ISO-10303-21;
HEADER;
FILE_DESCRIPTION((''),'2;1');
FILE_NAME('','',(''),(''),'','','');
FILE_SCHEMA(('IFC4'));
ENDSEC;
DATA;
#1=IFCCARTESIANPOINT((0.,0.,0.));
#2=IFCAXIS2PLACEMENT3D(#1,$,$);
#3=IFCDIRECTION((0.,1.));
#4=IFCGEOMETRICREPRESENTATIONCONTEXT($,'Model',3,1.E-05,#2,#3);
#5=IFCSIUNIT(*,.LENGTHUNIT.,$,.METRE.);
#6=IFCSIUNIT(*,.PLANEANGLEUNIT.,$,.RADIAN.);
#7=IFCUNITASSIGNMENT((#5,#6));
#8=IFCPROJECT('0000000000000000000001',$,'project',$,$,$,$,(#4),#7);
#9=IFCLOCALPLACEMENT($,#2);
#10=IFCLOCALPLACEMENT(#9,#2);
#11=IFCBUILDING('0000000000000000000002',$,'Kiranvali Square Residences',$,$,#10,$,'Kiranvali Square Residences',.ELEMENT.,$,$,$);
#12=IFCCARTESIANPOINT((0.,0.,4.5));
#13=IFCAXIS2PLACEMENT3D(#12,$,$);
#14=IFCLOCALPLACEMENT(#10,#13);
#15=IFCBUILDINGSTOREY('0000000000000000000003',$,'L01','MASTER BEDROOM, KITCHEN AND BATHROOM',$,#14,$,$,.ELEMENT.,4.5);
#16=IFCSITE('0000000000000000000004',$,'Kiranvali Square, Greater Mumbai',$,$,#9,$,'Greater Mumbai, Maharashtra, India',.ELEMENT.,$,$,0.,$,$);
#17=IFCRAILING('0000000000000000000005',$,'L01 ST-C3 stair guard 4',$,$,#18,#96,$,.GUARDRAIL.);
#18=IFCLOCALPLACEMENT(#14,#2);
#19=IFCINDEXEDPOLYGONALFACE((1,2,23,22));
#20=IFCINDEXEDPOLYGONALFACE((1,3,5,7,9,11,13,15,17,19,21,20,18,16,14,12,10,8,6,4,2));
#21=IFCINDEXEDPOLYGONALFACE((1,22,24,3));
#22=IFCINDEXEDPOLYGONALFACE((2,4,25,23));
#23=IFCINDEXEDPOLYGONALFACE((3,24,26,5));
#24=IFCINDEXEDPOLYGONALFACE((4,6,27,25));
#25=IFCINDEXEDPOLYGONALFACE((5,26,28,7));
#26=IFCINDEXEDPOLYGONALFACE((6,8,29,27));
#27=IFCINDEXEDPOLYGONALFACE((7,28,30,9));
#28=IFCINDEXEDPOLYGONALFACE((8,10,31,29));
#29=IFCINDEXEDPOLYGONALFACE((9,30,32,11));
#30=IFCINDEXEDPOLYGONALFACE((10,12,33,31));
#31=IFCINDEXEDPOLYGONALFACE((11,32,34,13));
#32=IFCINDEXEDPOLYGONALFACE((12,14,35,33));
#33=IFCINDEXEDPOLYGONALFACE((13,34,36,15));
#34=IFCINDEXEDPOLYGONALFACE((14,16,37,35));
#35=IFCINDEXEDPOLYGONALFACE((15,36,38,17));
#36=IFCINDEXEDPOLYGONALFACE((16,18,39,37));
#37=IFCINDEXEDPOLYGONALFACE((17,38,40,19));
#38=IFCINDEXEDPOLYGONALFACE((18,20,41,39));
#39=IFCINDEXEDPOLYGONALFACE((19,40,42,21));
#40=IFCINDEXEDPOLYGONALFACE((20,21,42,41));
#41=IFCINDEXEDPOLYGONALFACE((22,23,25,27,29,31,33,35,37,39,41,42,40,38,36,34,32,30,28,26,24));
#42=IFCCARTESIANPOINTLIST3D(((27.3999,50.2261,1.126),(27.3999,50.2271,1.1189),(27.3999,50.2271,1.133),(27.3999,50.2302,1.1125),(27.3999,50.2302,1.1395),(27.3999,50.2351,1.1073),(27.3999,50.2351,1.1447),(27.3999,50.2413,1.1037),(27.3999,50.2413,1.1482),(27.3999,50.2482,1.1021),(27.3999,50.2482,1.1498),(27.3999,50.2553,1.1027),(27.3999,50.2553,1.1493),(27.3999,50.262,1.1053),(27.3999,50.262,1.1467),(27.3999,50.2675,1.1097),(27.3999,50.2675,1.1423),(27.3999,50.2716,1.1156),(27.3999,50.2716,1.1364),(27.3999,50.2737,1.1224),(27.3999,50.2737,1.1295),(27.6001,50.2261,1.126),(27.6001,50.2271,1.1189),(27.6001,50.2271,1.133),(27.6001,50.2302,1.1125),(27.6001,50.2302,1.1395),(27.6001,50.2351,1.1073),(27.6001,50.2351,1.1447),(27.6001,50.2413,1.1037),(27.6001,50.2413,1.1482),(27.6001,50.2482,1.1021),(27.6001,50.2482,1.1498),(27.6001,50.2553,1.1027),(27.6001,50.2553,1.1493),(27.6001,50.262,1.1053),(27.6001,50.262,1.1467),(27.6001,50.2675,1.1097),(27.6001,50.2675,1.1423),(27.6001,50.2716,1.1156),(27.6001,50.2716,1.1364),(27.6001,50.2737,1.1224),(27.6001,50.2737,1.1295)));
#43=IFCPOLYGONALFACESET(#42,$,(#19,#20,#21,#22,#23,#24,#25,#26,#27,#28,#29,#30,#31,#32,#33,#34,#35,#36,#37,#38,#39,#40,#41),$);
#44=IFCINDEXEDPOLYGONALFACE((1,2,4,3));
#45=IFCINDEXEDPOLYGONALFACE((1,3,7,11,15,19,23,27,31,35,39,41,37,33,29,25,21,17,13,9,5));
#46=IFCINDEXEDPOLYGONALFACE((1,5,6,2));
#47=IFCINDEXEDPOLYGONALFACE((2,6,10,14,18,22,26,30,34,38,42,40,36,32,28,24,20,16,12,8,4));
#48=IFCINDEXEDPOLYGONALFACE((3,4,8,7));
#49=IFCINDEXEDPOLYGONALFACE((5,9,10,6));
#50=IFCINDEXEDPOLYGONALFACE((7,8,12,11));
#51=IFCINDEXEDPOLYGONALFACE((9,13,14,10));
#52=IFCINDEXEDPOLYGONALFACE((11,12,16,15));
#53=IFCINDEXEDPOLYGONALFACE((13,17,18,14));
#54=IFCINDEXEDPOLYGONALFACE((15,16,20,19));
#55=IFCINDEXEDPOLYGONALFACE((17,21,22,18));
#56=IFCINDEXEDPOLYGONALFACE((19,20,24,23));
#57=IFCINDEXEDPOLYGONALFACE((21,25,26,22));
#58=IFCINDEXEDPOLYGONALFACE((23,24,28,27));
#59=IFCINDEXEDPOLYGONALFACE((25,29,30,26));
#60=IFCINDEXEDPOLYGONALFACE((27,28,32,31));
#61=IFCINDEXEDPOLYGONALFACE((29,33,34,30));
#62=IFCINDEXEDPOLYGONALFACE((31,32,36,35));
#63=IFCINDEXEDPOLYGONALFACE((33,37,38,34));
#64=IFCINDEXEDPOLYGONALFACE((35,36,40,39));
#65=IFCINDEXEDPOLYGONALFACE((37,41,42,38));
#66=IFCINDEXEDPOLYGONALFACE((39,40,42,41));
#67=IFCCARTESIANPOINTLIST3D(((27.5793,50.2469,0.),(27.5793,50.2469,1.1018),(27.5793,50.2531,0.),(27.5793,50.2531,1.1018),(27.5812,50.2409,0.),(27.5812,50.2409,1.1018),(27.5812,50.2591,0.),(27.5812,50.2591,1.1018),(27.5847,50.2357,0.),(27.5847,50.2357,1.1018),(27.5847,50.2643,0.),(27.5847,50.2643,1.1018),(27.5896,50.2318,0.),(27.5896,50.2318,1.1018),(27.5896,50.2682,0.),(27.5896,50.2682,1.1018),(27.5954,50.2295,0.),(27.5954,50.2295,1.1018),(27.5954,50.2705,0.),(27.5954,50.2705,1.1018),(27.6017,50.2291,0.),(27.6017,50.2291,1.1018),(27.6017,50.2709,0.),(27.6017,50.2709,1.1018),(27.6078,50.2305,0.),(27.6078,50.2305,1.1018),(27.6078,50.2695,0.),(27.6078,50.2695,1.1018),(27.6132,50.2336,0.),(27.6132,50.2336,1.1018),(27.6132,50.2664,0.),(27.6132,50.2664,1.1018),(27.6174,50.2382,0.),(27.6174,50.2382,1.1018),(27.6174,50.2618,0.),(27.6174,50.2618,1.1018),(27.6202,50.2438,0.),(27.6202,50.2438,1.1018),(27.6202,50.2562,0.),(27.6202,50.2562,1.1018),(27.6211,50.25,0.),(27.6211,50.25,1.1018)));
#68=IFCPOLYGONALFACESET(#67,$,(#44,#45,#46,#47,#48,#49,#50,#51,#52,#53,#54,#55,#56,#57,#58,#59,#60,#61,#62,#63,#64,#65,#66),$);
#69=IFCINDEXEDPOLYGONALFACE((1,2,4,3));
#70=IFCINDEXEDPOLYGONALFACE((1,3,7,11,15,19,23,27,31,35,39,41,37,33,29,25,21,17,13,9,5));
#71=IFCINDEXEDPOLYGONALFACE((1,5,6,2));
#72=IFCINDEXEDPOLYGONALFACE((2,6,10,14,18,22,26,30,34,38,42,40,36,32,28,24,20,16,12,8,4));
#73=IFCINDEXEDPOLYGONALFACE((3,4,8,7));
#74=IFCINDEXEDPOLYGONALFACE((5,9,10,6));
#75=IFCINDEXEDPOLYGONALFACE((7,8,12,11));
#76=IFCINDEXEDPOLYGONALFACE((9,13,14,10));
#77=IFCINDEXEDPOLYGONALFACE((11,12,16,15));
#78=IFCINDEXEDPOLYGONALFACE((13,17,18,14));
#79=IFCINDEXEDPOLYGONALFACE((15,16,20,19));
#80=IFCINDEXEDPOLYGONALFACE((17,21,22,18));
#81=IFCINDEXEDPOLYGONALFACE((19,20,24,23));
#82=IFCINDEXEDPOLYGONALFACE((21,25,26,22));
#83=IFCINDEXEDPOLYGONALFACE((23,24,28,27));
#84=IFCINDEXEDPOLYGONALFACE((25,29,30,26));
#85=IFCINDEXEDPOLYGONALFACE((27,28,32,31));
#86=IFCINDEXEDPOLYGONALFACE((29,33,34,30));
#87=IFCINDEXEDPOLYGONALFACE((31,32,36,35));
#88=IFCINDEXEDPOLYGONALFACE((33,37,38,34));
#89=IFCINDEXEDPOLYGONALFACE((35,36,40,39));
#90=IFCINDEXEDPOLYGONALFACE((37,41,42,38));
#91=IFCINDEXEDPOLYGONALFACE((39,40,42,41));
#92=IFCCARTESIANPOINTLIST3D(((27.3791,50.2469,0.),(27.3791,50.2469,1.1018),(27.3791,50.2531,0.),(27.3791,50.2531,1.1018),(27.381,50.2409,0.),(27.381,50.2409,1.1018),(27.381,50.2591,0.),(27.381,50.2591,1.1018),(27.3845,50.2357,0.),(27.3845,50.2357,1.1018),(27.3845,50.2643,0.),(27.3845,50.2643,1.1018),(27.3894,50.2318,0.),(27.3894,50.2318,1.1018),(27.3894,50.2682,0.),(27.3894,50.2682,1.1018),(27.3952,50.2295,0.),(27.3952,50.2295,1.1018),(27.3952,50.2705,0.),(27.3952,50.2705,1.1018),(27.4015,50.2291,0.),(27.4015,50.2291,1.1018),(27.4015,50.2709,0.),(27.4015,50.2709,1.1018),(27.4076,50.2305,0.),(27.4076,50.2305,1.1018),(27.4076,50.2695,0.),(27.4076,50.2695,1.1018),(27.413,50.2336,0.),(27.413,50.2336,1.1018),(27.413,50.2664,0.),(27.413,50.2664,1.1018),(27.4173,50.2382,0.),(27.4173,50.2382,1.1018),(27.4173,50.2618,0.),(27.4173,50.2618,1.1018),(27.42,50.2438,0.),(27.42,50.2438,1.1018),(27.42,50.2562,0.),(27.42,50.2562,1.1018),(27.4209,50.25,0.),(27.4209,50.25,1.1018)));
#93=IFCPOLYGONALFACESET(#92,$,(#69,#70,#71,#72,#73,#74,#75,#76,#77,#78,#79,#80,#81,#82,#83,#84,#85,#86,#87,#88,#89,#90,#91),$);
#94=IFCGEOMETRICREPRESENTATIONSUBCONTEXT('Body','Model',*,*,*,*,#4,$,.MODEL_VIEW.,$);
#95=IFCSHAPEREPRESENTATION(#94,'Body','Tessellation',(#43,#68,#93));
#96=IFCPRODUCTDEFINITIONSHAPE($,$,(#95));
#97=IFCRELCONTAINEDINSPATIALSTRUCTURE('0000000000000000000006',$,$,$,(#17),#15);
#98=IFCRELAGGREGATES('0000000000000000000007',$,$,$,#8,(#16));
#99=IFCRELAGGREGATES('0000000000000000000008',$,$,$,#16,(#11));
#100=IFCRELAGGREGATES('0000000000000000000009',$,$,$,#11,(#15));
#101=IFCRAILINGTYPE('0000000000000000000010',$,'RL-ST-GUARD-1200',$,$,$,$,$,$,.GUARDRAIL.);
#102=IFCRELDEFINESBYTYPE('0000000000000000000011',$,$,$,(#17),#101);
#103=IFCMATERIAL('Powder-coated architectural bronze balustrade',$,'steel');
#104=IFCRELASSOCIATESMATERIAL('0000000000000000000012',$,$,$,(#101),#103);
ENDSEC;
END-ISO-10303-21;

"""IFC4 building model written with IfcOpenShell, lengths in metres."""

from ifc_helpers import new_model, si_unit, direction, frame, origin, origin_2d, place, context, subcontext, project, spatial, circle, extrude, material, type_object, element, save


model = new_model("IFC4")

# Units and contexts
model_context = context("Model", 3, precision=1e-05, world=origin(), true_north=direction((0.0, 1.0)))
body_context = subcontext(model_context, "Body", "Model", "MODEL_VIEW")
ifc_project = project(units=[si_unit("LENGTHUNIT", "METRE"), si_unit("PLANEANGLEUNIT", "RADIAN")], contexts=[model_context])

# Site, building, storey
site_placement = place(None, origin())
site = spatial("IfcSite", under=ifc_project, at=site_placement, Name="Kiranvali Square, Greater Mumbai", LongName="Greater Mumbai, Maharashtra, India", CompositionType="ELEMENT", RefElevation=0.0)
building_placement = place(site_placement, origin())
building = spatial("IfcBuilding", under=site, at=building_placement, Name="Kiranvali Square Residences", LongName="Kiranvali Square Residences", CompositionType="ELEMENT")
storey_placement = place(building_placement, frame((0.0, 0.0, 4.5)))
storey = spatial("IfcBuildingStorey", under=building, at=storey_placement, Name="L01", Description="MASTER BEDROOM, KITCHEN AND BATHROOM", CompositionType="ELEMENT", Elevation=4.5)

# Railing
ifc_material_1 = material(Name="Powder-coated architectural bronze balustrade", Category="steel")
railing_type_1 = type_object("IfcRailingType", Name="RL-ST-GUARD-1200", PredefinedType="GUARDRAIL", material=ifc_material_1)
railing_1_placement = place(storey_placement, frame((27.6001, 50.25, 0.0)))
element("IfcRailing", 1, at=railing_1_placement, inside=storey, type_object=railing_type_1, Name="L01 ST-C3 stair guard 4", PredefinedType="GUARDRAIL", context=body_context, shape_type="SweptSolid", body=[
    extrude(circle(Radius=0.0239, at=origin_2d()), frame((0.0, 0.0, 1.126), z_axis=(-1.0, 0.0, 0.0), x_axis=(0.0, -1.0, 0.0)), (0.0, 0.0, 1.0), 0.2002),
    extrude(circle(Radius=0.021, at=origin_2d()), origin(), (0.0, 0.0, 1.0), 1.1018),
    extrude(circle(Radius=0.021, at=origin_2d()), frame((-0.2002, 0.0, 0.0)), (0.0, 0.0, 1.0), 1.1018),
])

save(model, "model.ifc")
